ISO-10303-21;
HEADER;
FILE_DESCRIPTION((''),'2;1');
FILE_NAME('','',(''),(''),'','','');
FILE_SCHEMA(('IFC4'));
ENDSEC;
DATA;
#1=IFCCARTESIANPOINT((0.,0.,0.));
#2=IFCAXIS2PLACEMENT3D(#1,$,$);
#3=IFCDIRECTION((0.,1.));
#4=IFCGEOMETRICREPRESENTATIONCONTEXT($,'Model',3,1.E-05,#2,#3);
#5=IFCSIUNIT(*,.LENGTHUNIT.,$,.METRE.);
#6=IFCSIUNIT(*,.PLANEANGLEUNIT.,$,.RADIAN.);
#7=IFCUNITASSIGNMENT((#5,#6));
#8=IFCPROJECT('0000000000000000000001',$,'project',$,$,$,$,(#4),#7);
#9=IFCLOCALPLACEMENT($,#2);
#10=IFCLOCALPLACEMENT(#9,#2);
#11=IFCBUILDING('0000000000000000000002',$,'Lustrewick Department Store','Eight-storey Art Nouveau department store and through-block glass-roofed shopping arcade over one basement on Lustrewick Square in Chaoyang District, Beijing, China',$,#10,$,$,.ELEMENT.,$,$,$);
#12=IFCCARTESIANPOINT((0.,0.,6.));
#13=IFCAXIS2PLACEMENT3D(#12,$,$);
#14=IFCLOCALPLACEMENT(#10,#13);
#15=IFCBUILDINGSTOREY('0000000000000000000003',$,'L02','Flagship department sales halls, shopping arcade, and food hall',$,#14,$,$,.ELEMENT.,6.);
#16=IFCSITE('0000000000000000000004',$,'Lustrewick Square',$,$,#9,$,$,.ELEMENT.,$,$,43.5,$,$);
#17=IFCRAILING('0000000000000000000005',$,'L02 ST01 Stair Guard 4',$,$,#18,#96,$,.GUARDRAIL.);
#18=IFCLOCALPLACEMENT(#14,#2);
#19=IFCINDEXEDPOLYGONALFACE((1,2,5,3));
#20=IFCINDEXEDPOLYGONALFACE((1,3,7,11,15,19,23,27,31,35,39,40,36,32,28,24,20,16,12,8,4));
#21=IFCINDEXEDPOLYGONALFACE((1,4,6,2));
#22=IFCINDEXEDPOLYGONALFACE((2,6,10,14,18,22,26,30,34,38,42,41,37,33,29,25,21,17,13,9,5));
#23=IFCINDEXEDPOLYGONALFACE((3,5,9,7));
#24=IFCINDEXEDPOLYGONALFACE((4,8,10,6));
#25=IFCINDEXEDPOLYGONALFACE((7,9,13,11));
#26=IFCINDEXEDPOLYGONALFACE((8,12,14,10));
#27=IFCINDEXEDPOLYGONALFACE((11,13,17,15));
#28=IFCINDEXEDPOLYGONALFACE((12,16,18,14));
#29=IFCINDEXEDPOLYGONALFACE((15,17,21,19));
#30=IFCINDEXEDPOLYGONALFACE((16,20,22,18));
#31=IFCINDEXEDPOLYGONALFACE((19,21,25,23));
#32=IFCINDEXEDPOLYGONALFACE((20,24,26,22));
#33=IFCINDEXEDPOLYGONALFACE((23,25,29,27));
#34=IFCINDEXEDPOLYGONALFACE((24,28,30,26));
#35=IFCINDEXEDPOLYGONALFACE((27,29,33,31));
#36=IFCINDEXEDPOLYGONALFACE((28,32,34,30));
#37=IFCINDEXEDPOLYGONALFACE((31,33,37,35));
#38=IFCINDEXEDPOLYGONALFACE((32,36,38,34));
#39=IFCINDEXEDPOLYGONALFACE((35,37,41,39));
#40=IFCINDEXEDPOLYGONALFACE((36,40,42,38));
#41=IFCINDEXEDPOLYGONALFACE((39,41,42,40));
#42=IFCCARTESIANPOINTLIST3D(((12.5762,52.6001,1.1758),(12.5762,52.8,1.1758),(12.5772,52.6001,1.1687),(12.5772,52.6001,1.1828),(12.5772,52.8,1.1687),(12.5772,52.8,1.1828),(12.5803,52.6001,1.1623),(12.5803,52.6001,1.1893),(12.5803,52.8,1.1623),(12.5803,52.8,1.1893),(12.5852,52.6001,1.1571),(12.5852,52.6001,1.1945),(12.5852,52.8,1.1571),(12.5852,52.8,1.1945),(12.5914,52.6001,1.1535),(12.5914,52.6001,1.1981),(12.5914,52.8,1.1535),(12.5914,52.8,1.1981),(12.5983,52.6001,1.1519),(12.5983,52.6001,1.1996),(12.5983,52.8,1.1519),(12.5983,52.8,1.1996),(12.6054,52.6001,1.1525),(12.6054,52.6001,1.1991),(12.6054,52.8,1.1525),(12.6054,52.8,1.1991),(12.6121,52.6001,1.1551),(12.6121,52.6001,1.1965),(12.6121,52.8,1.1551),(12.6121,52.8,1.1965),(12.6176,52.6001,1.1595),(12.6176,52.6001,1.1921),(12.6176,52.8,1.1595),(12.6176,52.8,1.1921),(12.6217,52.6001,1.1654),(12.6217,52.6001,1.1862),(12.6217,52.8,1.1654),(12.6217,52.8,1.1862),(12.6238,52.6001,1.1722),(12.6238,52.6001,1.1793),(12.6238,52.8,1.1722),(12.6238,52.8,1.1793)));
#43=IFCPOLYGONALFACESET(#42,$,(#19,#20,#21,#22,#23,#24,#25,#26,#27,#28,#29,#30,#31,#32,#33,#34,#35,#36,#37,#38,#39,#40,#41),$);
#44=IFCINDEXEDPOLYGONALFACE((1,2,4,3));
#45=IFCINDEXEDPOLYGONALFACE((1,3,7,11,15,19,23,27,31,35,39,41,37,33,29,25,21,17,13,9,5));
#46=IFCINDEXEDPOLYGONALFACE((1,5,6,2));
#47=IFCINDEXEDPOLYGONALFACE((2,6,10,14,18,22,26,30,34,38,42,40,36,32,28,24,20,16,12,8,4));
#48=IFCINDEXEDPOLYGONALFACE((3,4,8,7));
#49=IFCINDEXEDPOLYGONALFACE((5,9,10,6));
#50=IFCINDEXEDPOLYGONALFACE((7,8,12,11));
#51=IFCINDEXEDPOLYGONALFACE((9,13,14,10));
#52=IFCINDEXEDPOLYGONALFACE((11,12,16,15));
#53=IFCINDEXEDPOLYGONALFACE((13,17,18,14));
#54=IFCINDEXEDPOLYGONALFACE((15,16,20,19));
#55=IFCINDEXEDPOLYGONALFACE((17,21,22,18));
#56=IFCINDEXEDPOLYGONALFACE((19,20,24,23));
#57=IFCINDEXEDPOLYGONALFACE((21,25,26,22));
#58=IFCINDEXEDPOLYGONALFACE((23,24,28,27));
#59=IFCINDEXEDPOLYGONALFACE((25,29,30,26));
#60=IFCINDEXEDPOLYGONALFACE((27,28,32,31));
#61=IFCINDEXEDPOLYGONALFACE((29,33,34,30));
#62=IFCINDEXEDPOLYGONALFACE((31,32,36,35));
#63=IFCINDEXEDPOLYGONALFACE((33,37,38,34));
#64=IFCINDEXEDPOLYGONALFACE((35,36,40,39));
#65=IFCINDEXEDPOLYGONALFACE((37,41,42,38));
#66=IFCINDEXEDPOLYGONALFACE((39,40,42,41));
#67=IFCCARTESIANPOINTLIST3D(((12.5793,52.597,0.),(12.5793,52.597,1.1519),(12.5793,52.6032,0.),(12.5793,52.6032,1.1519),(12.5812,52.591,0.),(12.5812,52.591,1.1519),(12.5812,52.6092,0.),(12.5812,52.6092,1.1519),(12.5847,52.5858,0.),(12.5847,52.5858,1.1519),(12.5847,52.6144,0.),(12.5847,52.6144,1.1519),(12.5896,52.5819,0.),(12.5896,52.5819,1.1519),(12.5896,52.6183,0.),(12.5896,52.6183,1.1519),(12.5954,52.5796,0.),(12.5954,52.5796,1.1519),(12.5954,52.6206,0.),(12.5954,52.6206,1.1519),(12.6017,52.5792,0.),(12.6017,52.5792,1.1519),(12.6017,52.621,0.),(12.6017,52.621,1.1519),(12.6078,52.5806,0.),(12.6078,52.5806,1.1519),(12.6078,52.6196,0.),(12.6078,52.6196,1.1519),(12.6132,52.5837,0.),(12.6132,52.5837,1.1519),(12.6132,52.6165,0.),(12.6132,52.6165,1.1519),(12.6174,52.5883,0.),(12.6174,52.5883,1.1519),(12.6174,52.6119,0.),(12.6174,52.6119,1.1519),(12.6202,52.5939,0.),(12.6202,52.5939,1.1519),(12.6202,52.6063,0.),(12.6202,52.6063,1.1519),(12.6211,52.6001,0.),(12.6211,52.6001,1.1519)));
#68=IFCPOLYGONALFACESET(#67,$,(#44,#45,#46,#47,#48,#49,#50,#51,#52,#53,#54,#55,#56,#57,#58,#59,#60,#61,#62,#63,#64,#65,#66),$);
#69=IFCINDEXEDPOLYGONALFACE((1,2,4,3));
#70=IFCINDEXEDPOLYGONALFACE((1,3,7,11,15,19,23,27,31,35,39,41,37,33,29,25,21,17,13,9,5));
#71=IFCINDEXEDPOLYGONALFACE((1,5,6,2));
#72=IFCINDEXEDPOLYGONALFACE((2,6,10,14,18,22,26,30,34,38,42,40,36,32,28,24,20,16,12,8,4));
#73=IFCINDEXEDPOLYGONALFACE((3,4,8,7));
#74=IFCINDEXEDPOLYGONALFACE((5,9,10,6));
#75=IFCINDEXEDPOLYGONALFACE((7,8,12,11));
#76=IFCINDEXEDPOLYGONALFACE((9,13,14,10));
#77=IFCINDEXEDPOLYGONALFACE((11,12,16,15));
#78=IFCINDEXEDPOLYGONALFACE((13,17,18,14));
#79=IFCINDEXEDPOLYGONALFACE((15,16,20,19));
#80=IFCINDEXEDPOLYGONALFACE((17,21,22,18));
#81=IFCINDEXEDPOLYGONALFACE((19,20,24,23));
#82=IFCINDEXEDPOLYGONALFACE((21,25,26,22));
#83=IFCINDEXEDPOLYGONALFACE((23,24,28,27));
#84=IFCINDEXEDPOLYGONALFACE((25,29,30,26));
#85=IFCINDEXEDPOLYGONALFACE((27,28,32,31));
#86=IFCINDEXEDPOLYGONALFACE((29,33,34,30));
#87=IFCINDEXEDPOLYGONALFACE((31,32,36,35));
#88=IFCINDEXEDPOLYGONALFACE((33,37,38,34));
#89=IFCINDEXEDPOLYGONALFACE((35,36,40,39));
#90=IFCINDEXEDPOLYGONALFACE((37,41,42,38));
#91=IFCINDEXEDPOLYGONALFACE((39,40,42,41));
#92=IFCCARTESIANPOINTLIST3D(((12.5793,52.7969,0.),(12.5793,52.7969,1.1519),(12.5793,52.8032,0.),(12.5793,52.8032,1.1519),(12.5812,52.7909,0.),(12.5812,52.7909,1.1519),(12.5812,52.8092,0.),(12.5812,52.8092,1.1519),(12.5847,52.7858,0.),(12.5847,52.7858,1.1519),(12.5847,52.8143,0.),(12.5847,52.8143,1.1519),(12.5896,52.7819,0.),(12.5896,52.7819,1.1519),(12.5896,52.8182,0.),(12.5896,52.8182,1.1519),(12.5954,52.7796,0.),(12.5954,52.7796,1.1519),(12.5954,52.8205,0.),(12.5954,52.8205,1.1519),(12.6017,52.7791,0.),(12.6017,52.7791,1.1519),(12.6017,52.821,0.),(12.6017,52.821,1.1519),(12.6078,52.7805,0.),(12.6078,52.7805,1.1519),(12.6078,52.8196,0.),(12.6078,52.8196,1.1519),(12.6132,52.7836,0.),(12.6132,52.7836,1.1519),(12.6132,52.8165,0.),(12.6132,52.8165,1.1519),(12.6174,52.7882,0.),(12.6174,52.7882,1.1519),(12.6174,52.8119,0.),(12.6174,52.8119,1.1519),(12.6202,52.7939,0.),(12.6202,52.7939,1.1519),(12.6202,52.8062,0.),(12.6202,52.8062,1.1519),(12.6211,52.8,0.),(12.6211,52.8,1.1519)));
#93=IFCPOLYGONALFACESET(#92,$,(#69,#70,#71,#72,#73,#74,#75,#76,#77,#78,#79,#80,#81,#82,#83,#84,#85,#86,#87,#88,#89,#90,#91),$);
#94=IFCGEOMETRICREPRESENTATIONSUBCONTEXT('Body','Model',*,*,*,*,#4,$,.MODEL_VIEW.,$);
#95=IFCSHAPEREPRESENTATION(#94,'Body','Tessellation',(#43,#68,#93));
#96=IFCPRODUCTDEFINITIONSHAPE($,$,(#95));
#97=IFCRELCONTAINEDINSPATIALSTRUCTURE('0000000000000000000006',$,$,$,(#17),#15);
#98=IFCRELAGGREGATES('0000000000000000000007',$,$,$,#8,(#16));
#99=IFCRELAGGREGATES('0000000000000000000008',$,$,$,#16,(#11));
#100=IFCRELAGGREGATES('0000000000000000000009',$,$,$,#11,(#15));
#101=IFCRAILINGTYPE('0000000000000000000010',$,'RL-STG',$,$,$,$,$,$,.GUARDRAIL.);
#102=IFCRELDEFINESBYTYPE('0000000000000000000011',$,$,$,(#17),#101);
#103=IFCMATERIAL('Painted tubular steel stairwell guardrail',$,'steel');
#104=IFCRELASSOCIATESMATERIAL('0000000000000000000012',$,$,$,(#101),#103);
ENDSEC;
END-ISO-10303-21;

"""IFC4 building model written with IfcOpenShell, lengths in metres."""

from ifc_helpers import new_model, si_unit, direction, frame, origin, origin_2d, place, context, subcontext, project, spatial, circle, extrude, material, type_object, element, save


model = new_model("IFC4")

# Units and contexts
model_context = context("Model", 3, precision=1e-05, world=origin(), true_north=direction((0.0, 1.0)))
body_context = subcontext(model_context, "Body", "Model", "MODEL_VIEW")
ifc_project = project(units=[si_unit("LENGTHUNIT", "METRE"), si_unit("PLANEANGLEUNIT", "RADIAN")], contexts=[model_context])

# Site, building, storey
site_placement = place(None, origin())
site = spatial("IfcSite", under=ifc_project, at=site_placement, Name="Lustrewick Square", CompositionType="ELEMENT", RefElevation=43.5)
building_placement = place(site_placement, origin())
building = spatial("IfcBuilding", under=site, at=building_placement, Name="Lustrewick Department Store", Description="Eight-storey Art Nouveau department store and through-block glass-roofed shopping arcade over one basement on Lustrewick Square in Chaoyang District, Beijing, China", CompositionType="ELEMENT")
storey_placement = place(building_placement, frame((0.0, 0.0, 6.0)))
storey = spatial("IfcBuildingStorey", under=building, at=storey_placement, Name="L02", Description="Flagship department sales halls, shopping arcade, and food hall", CompositionType="ELEMENT", Elevation=6.0)

# Railing
ifc_material_1 = material(Name="Painted tubular steel stairwell guardrail", Category="steel")
railing_type_1 = type_object("IfcRailingType", Name="RL-STG", PredefinedType="GUARDRAIL", material=ifc_material_1)
railing_1_placement = place(storey_placement, frame((12.6001, 52.6001, 0.0)))
element("IfcRailing", 1, at=railing_1_placement, inside=storey, type_object=railing_type_1, Name="L02 ST01 Stair Guard 4", PredefinedType="GUARDRAIL", context=body_context, shape_type="SweptSolid", body=[
    extrude(circle(Radius=0.0239, at=origin_2d()), frame((0.0, 0.0, 1.1758), z_axis=(0.0, 1.0, 0.0), x_axis=(-1.0, 0.0, 0.0)), (0.0, 0.0, 1.0), 0.2),
    extrude(circle(Radius=0.021, at=origin_2d()), origin(), (0.0, 0.0, 1.0), 1.1519),
    extrude(circle(Radius=0.021, at=origin_2d()), frame((0.0, 0.2, 0.0)), (0.0, 0.0, 1.0), 1.1519),
])

save(model, "model.ifc")
